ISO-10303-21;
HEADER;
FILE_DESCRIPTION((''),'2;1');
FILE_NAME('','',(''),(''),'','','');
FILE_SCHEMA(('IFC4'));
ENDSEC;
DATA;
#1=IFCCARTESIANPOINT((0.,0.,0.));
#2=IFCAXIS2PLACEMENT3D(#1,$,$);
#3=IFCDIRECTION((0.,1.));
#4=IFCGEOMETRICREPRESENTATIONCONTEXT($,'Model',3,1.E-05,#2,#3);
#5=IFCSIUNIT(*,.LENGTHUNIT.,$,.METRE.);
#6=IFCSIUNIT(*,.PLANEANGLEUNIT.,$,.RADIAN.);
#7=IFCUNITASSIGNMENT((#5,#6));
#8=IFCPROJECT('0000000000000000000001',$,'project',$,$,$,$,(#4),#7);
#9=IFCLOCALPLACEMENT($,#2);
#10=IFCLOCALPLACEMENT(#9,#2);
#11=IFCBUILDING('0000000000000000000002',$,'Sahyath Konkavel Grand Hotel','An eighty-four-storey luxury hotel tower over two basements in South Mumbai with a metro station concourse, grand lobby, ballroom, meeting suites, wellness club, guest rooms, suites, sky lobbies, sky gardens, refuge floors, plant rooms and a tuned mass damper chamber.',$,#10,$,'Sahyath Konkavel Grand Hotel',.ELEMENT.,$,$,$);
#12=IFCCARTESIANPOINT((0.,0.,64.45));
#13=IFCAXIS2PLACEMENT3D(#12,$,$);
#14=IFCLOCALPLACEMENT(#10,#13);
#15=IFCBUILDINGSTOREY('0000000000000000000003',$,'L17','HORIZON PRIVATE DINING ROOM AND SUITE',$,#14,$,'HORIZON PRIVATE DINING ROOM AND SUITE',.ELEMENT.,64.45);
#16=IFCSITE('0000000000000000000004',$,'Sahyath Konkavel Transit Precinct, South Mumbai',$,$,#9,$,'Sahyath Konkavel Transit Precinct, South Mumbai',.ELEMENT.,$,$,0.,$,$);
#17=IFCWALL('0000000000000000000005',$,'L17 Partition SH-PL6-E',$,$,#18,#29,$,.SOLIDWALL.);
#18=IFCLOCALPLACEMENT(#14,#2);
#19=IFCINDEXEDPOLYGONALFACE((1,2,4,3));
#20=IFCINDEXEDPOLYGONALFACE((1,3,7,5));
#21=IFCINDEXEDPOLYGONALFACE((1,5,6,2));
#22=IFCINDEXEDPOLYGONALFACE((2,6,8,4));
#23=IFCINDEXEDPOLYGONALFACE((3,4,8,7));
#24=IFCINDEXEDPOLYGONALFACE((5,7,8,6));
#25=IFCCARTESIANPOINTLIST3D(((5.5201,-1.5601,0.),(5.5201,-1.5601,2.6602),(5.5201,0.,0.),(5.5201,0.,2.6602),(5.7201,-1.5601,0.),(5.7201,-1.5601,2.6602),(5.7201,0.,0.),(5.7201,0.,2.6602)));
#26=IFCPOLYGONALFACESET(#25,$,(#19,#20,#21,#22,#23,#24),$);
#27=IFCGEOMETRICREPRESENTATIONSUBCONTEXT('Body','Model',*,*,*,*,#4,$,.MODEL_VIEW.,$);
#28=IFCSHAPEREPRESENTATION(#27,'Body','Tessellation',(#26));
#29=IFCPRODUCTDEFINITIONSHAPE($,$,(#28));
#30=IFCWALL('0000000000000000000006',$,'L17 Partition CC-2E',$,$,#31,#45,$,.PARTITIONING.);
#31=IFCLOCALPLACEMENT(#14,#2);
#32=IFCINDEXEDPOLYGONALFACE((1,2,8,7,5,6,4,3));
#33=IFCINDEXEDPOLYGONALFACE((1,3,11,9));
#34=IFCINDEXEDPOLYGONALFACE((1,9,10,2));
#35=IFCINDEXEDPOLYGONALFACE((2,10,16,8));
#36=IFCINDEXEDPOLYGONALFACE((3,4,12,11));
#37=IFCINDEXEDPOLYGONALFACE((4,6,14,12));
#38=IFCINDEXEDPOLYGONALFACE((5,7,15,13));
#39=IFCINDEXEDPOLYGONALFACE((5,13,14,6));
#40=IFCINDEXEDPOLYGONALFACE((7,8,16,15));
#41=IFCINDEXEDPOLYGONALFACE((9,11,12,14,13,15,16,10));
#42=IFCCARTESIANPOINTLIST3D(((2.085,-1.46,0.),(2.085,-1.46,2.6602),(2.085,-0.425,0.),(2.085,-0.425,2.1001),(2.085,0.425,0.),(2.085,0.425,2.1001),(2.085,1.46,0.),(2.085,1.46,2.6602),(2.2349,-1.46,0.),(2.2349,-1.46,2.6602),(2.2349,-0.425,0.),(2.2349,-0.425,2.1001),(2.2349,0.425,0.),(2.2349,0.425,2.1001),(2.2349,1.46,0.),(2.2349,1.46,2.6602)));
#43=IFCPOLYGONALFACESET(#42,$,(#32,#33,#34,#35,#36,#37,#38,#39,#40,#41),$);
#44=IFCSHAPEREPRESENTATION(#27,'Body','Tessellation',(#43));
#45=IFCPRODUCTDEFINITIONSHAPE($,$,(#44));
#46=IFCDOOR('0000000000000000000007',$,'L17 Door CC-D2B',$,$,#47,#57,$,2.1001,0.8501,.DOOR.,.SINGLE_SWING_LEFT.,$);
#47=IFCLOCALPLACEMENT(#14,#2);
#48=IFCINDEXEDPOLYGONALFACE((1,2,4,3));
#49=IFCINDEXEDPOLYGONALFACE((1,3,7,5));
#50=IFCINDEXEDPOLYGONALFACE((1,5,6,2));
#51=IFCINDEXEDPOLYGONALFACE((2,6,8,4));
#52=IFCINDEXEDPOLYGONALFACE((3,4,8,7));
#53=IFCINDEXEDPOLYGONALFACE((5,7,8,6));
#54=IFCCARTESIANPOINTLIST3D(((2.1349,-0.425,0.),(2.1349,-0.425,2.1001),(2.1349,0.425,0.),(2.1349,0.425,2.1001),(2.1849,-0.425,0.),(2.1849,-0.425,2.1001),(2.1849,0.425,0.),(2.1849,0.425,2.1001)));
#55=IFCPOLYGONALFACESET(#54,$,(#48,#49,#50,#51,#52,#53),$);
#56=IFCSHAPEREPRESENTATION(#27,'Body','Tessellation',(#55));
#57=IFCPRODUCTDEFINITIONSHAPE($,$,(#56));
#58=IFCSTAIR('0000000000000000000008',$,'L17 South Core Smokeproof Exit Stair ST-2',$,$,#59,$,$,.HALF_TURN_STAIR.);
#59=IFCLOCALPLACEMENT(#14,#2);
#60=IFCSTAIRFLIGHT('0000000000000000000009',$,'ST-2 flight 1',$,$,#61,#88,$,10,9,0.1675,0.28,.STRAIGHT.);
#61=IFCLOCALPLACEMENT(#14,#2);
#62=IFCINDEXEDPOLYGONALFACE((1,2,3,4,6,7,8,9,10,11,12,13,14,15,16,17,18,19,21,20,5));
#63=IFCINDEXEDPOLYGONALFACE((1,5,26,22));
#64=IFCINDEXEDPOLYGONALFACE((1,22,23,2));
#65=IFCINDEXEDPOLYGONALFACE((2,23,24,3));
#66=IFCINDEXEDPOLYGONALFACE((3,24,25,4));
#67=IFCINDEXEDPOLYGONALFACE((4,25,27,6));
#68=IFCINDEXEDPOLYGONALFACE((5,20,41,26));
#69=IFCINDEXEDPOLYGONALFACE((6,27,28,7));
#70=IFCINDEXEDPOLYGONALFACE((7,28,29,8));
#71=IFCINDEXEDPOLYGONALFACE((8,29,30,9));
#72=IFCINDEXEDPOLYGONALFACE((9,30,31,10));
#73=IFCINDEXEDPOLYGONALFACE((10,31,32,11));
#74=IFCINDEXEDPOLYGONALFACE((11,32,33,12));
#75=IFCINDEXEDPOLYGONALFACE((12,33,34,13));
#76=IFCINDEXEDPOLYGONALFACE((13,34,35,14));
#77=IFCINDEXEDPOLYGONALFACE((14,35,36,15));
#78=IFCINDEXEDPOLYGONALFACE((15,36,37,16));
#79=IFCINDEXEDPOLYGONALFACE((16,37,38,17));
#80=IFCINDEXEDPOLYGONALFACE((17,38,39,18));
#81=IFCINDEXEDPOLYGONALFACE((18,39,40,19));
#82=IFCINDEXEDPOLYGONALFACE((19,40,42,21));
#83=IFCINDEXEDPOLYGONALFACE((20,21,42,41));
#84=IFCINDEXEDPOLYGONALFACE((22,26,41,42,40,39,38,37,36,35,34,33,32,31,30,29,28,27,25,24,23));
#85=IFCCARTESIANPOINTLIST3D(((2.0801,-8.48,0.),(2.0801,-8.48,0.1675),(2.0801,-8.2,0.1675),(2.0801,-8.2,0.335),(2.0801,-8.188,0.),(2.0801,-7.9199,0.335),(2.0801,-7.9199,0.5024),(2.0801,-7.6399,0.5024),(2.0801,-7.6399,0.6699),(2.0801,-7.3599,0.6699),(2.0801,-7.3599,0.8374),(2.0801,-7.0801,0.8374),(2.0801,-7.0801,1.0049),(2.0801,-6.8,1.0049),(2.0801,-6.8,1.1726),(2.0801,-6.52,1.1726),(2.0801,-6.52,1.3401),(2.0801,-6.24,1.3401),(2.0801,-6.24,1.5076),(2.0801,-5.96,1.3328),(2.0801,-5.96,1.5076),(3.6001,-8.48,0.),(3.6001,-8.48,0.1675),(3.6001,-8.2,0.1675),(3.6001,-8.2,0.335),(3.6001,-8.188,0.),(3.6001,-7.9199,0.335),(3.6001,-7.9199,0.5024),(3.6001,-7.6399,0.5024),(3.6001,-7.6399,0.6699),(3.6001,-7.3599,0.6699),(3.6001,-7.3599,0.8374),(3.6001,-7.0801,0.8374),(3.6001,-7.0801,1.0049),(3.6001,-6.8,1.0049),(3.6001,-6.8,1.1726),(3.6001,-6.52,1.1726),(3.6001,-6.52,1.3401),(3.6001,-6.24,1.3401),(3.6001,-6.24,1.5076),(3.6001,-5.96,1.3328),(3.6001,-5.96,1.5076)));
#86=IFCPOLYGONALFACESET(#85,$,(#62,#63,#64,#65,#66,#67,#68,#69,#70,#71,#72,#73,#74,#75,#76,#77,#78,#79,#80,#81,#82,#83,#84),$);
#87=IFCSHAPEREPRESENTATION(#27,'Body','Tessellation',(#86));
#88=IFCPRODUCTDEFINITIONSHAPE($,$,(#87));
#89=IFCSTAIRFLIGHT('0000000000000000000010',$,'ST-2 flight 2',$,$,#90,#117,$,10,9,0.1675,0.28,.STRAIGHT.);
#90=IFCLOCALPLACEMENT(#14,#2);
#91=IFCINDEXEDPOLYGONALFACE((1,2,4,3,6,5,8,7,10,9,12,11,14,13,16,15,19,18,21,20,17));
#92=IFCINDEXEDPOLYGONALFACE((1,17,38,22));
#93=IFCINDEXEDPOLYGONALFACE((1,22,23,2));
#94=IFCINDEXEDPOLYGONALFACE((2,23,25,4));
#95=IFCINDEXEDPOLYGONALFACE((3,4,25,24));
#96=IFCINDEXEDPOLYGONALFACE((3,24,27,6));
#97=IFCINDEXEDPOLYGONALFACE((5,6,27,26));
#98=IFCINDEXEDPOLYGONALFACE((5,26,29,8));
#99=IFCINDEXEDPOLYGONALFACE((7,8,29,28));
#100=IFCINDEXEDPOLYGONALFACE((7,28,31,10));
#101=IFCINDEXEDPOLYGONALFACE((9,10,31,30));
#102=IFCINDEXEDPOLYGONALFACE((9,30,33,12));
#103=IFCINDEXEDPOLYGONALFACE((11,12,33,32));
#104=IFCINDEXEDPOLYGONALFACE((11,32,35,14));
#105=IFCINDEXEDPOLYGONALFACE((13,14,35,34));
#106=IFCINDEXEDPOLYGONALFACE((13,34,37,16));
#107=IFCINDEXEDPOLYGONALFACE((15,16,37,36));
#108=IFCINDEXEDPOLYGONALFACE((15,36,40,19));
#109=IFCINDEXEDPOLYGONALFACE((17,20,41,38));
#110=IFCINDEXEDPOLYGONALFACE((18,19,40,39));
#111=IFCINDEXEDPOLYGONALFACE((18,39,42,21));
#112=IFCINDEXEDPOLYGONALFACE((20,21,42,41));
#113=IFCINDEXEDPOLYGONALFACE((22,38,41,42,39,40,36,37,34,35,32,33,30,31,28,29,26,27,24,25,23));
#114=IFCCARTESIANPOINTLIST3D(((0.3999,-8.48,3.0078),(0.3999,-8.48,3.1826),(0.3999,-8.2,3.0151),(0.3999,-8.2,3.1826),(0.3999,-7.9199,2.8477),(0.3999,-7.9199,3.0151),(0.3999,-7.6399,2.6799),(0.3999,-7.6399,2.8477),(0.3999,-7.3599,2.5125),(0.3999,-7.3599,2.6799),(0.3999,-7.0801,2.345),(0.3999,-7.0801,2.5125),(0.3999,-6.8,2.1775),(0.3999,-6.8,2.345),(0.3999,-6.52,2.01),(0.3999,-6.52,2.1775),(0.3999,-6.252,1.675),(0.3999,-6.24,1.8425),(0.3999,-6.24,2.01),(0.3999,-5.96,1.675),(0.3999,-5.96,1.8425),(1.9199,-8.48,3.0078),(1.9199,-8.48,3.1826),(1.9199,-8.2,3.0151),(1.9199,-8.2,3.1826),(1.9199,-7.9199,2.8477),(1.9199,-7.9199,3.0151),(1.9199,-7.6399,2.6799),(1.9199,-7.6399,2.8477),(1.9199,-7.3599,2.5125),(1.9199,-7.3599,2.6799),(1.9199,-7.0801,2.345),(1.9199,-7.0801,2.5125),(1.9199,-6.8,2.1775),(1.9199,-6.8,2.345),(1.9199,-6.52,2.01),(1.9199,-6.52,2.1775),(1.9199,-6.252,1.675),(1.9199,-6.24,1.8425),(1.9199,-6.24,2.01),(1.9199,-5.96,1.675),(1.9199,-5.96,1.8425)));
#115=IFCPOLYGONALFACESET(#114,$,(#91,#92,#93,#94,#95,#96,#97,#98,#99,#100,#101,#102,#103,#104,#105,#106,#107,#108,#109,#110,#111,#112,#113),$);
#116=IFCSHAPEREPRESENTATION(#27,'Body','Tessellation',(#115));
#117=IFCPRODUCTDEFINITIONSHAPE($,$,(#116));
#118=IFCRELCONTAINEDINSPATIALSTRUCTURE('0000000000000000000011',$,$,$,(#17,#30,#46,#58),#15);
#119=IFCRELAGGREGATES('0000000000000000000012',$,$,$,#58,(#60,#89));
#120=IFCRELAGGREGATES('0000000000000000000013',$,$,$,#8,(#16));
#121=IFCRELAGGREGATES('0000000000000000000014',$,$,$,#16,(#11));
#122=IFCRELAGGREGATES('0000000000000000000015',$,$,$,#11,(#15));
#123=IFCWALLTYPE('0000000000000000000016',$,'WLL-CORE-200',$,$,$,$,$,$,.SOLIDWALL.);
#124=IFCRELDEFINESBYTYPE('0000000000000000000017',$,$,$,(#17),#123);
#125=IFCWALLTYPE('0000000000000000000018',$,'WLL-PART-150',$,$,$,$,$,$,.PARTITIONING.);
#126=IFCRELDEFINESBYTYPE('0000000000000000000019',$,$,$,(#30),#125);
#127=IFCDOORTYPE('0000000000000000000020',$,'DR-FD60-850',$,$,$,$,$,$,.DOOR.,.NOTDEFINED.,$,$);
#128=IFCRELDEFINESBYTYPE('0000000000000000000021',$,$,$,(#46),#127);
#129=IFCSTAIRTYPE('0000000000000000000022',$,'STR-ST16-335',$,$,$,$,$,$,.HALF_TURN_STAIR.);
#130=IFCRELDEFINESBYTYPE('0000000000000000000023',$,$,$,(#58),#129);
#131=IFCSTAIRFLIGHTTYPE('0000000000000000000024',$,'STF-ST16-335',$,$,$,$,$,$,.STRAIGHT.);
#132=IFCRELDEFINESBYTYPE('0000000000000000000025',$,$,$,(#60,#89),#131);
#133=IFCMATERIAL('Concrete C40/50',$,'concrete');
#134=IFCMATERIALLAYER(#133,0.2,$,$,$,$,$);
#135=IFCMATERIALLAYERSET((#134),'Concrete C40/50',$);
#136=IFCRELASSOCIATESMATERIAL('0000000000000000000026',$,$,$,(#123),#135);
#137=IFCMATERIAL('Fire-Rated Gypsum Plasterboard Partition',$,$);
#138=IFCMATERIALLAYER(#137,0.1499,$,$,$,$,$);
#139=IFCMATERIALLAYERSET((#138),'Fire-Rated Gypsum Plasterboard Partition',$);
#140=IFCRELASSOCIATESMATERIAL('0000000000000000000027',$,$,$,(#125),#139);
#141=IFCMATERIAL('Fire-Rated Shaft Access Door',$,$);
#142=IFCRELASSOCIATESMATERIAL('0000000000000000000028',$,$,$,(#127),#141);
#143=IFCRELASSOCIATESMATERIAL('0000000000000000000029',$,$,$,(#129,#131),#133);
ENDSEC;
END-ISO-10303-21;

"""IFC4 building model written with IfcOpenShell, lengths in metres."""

from ifc_helpers import new_model, si_unit, direction, frame, frame_2d, origin, origin_2d, place, context, subcontext, project, spatial, polyline, rectangle, outline, extrude, source, transform, mapped, material, layer, layer_set, type_object, element, fill, aggregate, save


model = new_model("IFC4")

# Units and contexts
model_context = context("Model", 3, precision=1e-05, world=origin(), true_north=direction((0.0, 1.0)))
body_context = subcontext(model_context, "Body", "Model", "MODEL_VIEW")
ifc_project = project(units=[si_unit("LENGTHUNIT", "METRE"), si_unit("PLANEANGLEUNIT", "RADIAN")], contexts=[model_context])

# Site, building, storey
site_placement = place(None, origin())
site = spatial("IfcSite", under=ifc_project, at=site_placement, Name="Sahyath Konkavel Transit Precinct, South Mumbai", LongName="Sahyath Konkavel Transit Precinct, South Mumbai", CompositionType="ELEMENT", RefElevation=0.0)
building_placement = place(site_placement, origin())
building = spatial("IfcBuilding", under=site, at=building_placement, Name="Sahyath Konkavel Grand Hotel", Description="An eighty-four-storey luxury hotel tower over two basements in South Mumbai with a metro station concourse, grand lobby, ballroom, meeting suites, wellness club, guest rooms, suites, sky lobbies, sky gardens, refuge floors, plant rooms and a tuned mass damper chamber.", LongName="Sahyath Konkavel Grand Hotel", CompositionType="ELEMENT")
storey_placement = place(building_placement, frame((0.0, 0.0, 64.45)))
storey = spatial("IfcBuildingStorey", under=building, at=storey_placement, Name="L17", Description="HORIZON PRIVATE DINING ROOM AND SUITE", LongName="HORIZON PRIVATE DINING ROOM AND SUITE", CompositionType="ELEMENT", Elevation=64.45)

# Shared definitions
ifc_material_1 = material(Name="Concrete C40/50", Category="concrete")
ifc_layer_1 = layer(ifc_material_1, 0.2)
ifc_layer_set_1 = layer_set([ifc_layer_1], Name="Concrete C40/50")
wall_type_1 = type_object("IfcWallType", Name="WLL-CORE-200", PredefinedType="SOLIDWALL", material=ifc_layer_set_1)

# Wall
wall_1_placement = place(storey_placement, frame((5.6201, -1.5601, 0.0), z_axis=(0.0, 0.0, 1.0), x_axis=(0.0, 1.0, 0.0)))
element("IfcWall", 1, at=wall_1_placement, inside=storey, type_object=wall_type_1, Name="L17 Partition SH-PL6-E", PredefinedType="SOLIDWALL", context=body_context, shape_type="SweptSolid", body=[
    extrude(rectangle(XDim=1.5601, YDim=0.2, at=frame_2d((0.78, 0.0))), origin(), (0.0, 0.0, 1.0), 2.6602),
])

# Wall, opening, door
ifc_material_2 = material(Name="Fire-Rated Gypsum Plasterboard Partition")
ifc_layer_2 = layer(ifc_material_2, 0.1499)
ifc_layer_set_2 = layer_set([ifc_layer_2], Name="Fire-Rated Gypsum Plasterboard Partition")
wall_type_2 = type_object("IfcWallType", Name="WLL-PART-150", PredefinedType="PARTITIONING", material=ifc_layer_set_2)
wall_2_placement = place(storey_placement, frame((2.1599, -1.46, 0.0), z_axis=(0.0, 0.0, 1.0), x_axis=(0.0, 1.0, 0.0)))
wall_2 = element("IfcWall", 2, at=wall_2_placement, inside=storey, type_object=wall_type_2, Name="L17 Partition CC-2E", PredefinedType="PARTITIONING", context=body_context, shape_type="SweptSolid", body=[
    extrude(rectangle(XDim=2.9199, YDim=0.1499, at=frame_2d((1.46, 0.0))), origin(), (0.0, 0.0, 1.0), 2.6602),
])
opening_1_placement = place(wall_2_placement, frame((1.0349, 0.0, 0.0)))
opening_1 = element("IfcOpeningElement", 3, at=opening_1_placement, cuts=wall_2, PredefinedType="OPENING", context=body_context, shape_type="SweptSolid", body=[
    extrude(rectangle(XDim=0.8501, YDim=2.1001, at=frame_2d((0.425, 1.05))), frame((0.0, 0.085, 0.0), z_axis=(0.0, -1.0, 0.0), x_axis=(1.0, 0.0, 0.0)), (0.0, 0.0, 1.0), 0.1699),
])
ifc_material_3 = material(Name="Fire-Rated Shaft Access Door")
door_type_1 = type_object("IfcDoorType", Name="DR-FD60-850", OperationType="NOTDEFINED", PredefinedType="DOOR", material=ifc_material_3)
shared_shape_1 = source(origin(), body_context, "Body", "SweptSolid", [
    extrude(rectangle(XDim=0.8501, YDim=0.05, at=origin_2d()), origin(), (0.0, 0.0, 1.0), 2.1001),
])
door_1_placement = place(opening_1_placement, frame((0.425, 0.0, 0.0)))
door_1 = element("IfcDoor", 4, at=door_1_placement, inside=storey, type_object=door_type_1, Name="L17 Door CC-D2B", OperationType="SINGLE_SWING_LEFT", OverallHeight=2.1001, OverallWidth=0.8501, PredefinedType="DOOR", context=body_context, shape_type="MappedRepresentation", body=[
    mapped(shared_shape_1, transform((0.0, 0.0, 0.0), scale=1.0)),
])
fill(opening_1, door_1)

# Stair, stair flights
stair_type = type_object("IfcStairType", Name="STR-ST16-335", PredefinedType="HALF_TURN_STAIR", material=ifc_material_1)
stair_placement = place(storey_placement, origin())
stair = element("IfcStair", 5, at=stair_placement, inside=storey, type_object=stair_type, Name="L17 South Core Smokeproof Exit Stair ST-2", PredefinedType="HALF_TURN_STAIR")
stair_flight_type = type_object("IfcStairFlightType", Name="STF-ST16-335", PredefinedType="STRAIGHT", material=ifc_material_1)
stair_flight_1_placement = place(storey_placement, frame((2.8401, -8.48, 0.0), z_axis=(0.0, 0.0, 1.0), x_axis=(0.0, 1.0, 0.0)))
stair_flight_1 = element("IfcStairFlight", 6, at=stair_flight_1_placement, type_object=stair_flight_type, Name="ST-2 flight 1", NumberOfRisers=10, NumberOfTreads=9, PredefinedType="STRAIGHT", RiserHeight=0.1675, TreadLength=0.28, context=body_context, shape_type="SweptSolid", body=[
    extrude(outline(polyline([(0.0, 0.0), (0.0, 0.1675), (0.28, 0.1675), (0.28, 0.335), (0.5601, 0.335), (0.5601, 0.5024), (0.8401, 0.5024), (0.8401, 0.6699), (1.1201, 0.6699), (1.1201, 0.8374), (1.3999, 0.8374), (1.3999, 1.0049), (1.6799, 1.0049), (1.6799, 1.1726), (1.96, 1.1726), (1.96, 1.3401), (2.24, 1.3401), (2.24, 1.5076), (2.52, 1.5076), (2.52, 1.675), (2.52, 1.3328), (0.292, 0.0), (0.0, 0.0)])), frame((0.0, 0.76, 0.0), z_axis=(0.0, -1.0, 0.0), x_axis=(1.0, 0.0, 0.0)), (0.0, 0.0, 1.0), 1.52),
])
stair_flight_2_placement = place(storey_placement, frame((1.1599, -5.96, 1.675), z_axis=(0.0, 0.0, 1.0), x_axis=(0.0, -1.0, 0.0)))
stair_flight_2 = element("IfcStairFlight", 7, at=stair_flight_2_placement, type_object=stair_flight_type, Name="ST-2 flight 2", NumberOfRisers=10, NumberOfTreads=9, PredefinedType="STRAIGHT", RiserHeight=0.1675, TreadLength=0.28, context=body_context, shape_type="SweptSolid", body=[
    extrude(outline(polyline([(0.0, 0.0), (0.0, 0.1675), (0.28, 0.1675), (0.28, 0.335), (0.5601, 0.335), (0.5601, 0.5024), (0.8401, 0.5024), (0.8401, 0.6699), (1.1201, 0.6699), (1.1201, 0.8374), (1.3999, 0.8374), (1.3999, 1.0049), (1.6799, 1.0049), (1.6799, 1.1726), (1.96, 1.1726), (1.96, 1.3401), (2.24, 1.3401), (2.24, 1.5076), (2.52, 1.5076), (2.52, 1.675), (2.52, 1.3328), (0.292, 0.0), (0.0, 0.0)])), frame((0.0, 0.76, 0.0), z_axis=(0.0, -1.0, 0.0), x_axis=(1.0, 0.0, 0.0)), (0.0, 0.0, 1.0), 1.52),
])
aggregate(stair, [stair_flight_1, stair_flight_2])

save(model, "model.ifc")
